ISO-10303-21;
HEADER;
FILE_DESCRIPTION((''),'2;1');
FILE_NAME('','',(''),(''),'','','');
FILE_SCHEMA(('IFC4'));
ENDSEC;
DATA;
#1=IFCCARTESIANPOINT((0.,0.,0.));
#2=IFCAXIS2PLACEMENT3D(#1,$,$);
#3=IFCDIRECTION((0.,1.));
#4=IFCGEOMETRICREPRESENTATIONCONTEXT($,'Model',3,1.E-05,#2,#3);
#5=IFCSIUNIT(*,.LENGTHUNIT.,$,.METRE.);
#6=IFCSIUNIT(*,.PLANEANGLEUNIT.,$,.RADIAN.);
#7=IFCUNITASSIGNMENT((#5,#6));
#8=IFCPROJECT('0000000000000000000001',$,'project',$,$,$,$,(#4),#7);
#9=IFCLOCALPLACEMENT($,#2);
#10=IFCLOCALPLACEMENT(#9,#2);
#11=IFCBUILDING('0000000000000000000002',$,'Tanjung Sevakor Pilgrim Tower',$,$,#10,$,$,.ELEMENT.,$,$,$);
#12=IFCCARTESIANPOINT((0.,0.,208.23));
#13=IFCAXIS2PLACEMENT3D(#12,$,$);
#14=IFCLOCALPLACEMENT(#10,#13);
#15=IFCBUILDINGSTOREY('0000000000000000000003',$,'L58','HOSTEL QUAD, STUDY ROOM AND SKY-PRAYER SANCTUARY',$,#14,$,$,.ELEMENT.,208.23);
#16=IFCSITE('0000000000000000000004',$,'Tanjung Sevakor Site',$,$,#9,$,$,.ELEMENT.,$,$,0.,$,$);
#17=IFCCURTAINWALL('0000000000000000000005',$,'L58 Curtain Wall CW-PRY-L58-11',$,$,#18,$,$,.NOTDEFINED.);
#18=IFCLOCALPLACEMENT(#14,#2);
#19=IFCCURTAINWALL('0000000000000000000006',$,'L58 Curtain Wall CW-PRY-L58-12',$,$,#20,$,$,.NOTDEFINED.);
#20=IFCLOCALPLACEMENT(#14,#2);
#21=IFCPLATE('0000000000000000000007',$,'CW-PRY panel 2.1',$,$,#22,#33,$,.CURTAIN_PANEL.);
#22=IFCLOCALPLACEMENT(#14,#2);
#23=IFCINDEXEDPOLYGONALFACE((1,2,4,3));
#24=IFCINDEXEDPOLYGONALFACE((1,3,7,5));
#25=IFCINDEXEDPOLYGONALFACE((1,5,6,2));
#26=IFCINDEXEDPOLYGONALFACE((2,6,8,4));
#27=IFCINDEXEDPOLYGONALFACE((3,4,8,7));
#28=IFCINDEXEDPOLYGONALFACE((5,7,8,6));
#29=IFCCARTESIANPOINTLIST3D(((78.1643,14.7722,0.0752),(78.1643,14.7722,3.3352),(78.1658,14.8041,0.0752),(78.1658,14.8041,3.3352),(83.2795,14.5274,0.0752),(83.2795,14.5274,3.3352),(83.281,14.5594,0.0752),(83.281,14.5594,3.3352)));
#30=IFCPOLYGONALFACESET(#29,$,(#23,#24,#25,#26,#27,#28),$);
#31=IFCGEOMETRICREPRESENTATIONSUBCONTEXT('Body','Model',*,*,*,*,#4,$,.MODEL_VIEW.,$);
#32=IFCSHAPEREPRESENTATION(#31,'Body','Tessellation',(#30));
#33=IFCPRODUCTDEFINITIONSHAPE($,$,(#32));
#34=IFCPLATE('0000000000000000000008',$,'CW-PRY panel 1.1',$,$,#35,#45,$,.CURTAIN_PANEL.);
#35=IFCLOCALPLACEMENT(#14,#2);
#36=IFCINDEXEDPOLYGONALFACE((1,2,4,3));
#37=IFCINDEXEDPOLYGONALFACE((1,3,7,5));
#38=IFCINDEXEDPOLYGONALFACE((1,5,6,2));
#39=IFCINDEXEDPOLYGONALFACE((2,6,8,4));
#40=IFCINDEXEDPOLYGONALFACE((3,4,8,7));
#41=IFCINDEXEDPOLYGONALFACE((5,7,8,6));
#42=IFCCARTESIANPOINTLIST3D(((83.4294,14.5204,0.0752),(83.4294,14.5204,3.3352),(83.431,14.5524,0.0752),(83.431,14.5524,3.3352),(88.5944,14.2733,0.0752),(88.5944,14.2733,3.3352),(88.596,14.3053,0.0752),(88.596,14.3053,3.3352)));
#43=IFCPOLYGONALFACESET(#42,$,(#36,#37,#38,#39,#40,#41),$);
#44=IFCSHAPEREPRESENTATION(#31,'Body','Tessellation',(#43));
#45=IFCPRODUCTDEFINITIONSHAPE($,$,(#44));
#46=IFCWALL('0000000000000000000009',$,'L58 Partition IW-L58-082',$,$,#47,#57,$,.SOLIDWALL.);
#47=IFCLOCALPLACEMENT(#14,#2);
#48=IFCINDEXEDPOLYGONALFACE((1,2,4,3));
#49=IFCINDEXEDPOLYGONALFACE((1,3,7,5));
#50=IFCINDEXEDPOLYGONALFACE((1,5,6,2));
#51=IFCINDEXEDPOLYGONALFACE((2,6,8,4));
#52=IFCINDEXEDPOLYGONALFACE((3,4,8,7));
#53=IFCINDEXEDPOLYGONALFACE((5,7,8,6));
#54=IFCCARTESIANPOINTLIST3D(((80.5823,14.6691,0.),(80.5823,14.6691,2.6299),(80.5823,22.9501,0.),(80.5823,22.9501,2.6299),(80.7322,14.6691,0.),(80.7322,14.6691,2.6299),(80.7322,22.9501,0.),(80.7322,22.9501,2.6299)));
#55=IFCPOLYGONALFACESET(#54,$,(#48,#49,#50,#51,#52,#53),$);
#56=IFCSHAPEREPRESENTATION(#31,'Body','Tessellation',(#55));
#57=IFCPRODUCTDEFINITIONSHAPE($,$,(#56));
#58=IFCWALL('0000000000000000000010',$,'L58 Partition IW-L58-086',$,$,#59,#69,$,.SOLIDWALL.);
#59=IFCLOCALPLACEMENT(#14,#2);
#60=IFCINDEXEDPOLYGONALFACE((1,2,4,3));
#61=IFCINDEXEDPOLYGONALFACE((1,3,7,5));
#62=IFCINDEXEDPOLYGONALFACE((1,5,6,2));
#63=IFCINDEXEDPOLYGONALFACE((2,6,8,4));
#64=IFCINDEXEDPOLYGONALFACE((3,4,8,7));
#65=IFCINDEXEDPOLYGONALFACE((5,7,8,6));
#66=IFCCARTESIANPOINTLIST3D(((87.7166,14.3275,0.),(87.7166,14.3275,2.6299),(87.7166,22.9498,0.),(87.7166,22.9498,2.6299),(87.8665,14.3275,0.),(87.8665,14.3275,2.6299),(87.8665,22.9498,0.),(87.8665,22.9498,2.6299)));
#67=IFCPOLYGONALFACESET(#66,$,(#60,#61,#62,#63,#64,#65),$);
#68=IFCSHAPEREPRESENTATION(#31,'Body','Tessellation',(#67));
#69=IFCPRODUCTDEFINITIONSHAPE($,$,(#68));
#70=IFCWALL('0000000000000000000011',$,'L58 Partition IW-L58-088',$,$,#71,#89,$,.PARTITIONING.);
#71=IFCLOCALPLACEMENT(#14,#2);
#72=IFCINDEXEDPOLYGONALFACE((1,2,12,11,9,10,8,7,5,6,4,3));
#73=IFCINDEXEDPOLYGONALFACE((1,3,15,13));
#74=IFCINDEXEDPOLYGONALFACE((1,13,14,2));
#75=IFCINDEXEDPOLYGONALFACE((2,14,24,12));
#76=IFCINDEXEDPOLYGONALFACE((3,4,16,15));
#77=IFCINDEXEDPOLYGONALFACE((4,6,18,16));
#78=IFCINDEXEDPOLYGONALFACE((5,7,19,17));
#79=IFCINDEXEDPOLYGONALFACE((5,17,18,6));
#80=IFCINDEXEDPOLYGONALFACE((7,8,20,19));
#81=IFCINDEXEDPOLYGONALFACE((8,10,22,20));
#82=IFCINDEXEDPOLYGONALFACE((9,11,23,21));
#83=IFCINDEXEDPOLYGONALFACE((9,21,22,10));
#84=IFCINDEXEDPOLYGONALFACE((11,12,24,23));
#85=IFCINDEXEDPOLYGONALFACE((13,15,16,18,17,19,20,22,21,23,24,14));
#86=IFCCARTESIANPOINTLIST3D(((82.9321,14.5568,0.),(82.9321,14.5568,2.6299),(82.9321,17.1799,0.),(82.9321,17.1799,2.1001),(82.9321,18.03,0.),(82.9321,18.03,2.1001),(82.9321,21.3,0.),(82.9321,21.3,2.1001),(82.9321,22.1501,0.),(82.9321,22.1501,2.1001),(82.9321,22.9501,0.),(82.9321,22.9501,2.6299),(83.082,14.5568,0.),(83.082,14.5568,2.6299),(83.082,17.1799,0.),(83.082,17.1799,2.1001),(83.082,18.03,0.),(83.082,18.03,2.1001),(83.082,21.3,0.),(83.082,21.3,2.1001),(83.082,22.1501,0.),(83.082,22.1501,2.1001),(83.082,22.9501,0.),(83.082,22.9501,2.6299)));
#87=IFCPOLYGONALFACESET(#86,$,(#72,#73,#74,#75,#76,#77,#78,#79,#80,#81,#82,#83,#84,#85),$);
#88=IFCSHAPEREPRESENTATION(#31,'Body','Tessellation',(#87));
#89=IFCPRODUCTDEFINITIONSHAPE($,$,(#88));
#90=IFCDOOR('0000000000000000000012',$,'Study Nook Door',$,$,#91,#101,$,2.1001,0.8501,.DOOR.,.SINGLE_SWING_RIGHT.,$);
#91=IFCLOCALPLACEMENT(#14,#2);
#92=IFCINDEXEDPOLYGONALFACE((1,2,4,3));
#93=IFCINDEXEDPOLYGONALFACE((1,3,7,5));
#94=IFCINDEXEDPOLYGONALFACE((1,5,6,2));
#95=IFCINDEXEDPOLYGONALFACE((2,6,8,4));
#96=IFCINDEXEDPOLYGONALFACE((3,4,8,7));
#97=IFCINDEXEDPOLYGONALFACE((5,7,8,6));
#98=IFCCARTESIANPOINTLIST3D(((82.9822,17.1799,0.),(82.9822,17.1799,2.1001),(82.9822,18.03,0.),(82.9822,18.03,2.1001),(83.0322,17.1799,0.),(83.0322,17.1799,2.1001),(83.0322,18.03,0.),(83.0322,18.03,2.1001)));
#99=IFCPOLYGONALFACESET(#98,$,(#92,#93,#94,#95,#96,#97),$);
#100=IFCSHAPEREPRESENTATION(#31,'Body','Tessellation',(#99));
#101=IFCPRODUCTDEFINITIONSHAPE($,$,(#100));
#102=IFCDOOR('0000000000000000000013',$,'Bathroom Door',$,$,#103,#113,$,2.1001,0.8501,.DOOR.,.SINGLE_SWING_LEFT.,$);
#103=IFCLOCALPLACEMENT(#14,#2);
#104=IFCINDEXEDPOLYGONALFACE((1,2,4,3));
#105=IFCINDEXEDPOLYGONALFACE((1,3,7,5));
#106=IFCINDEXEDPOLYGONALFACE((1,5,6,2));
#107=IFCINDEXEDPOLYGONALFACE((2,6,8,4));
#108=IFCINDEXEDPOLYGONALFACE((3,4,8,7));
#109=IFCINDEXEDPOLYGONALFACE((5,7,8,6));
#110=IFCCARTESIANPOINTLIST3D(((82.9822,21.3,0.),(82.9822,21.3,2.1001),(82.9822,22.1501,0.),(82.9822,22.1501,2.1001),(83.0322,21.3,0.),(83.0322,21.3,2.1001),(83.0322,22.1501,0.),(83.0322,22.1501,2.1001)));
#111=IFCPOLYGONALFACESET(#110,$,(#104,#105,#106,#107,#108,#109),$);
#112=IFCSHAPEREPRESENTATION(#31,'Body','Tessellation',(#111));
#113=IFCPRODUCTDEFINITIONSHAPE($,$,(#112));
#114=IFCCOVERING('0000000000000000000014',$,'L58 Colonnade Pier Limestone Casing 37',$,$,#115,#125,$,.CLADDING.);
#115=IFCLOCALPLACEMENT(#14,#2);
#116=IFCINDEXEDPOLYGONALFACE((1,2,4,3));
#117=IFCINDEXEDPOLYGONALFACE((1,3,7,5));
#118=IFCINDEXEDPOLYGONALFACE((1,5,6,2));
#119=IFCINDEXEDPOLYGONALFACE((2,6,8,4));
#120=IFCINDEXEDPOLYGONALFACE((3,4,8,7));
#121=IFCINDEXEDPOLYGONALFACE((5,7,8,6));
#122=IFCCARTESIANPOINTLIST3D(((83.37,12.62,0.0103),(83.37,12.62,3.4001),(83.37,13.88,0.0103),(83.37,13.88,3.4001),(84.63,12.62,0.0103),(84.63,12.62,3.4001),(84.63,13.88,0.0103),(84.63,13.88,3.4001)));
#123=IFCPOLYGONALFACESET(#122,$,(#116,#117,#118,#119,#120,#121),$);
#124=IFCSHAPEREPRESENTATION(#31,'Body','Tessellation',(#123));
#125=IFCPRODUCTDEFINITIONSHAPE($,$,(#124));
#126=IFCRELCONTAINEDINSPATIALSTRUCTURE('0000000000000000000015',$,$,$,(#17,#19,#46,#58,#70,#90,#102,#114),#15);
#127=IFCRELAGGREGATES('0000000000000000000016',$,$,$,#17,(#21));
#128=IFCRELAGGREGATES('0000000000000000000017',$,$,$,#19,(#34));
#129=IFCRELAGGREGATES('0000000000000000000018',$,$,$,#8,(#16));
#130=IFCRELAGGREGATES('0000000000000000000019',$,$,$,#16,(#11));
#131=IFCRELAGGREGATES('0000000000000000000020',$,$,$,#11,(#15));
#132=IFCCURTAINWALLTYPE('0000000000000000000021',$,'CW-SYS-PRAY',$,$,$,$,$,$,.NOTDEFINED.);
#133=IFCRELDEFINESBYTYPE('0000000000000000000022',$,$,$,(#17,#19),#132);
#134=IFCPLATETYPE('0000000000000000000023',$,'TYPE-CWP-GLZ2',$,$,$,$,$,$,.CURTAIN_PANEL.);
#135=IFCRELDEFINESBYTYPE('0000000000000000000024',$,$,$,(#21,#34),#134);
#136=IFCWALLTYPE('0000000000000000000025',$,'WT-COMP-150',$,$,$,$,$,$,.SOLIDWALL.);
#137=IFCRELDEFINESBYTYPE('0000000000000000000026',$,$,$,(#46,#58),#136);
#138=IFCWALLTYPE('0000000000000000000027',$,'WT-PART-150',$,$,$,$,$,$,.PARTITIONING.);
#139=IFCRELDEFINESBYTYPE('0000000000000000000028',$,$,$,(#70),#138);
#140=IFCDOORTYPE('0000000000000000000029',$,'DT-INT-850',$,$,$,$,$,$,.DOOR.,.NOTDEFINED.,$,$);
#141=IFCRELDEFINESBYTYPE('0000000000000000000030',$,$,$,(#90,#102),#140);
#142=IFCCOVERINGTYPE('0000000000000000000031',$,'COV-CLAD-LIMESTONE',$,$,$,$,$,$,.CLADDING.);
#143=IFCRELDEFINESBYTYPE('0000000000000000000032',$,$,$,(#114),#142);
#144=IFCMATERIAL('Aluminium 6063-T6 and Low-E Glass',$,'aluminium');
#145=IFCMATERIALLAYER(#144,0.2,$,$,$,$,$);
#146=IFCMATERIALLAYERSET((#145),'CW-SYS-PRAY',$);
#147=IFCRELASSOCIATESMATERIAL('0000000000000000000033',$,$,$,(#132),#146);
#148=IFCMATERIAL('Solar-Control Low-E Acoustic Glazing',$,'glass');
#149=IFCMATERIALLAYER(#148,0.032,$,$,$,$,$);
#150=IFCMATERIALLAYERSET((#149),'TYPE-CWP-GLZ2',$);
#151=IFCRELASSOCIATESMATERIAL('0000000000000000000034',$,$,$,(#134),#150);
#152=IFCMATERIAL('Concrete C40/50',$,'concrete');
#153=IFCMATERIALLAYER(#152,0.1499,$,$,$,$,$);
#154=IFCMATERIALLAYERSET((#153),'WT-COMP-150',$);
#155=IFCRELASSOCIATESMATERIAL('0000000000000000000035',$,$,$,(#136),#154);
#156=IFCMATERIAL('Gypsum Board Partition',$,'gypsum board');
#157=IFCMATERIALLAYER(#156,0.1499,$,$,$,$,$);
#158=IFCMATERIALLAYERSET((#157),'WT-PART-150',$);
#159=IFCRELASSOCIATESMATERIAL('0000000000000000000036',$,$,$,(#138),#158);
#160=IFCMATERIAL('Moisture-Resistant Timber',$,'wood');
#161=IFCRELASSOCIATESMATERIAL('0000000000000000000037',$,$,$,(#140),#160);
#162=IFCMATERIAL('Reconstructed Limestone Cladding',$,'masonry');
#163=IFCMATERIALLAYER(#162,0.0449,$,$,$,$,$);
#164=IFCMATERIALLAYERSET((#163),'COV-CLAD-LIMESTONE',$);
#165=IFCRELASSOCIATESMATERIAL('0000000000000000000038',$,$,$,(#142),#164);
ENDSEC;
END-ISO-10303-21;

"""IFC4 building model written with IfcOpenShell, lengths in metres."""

from ifc_helpers import new_model, si_unit, direction, frame, frame_2d, origin, origin_2d, place, context, subcontext, project, spatial, rectangle, extrude, material, layer, layer_set, type_object, element, fill, aggregate, save


model = new_model("IFC4")

# Units and contexts
model_context = context("Model", 3, precision=1e-05, world=origin(), true_north=direction((0.0, 1.0)))
body_context = subcontext(model_context, "Body", "Model", "MODEL_VIEW")
ifc_project = project(units=[si_unit("LENGTHUNIT", "METRE"), si_unit("PLANEANGLEUNIT", "RADIAN")], contexts=[model_context])

# Site, building, storey
site_placement = place(None, origin())
site = spatial("IfcSite", under=ifc_project, at=site_placement, Name="Tanjung Sevakor Site", CompositionType="ELEMENT", RefElevation=0.0)
building_placement = place(site_placement, origin())
building = spatial("IfcBuilding", under=site, at=building_placement, Name="Tanjung Sevakor Pilgrim Tower", CompositionType="ELEMENT")
storey_placement = place(building_placement, frame((0.0, 0.0, 208.23)))
storey = spatial("IfcBuildingStorey", under=building, at=storey_placement, Name="L58", Description="HOSTEL QUAD, STUDY ROOM AND SKY-PRAYER SANCTUARY", CompositionType="ELEMENT", Elevation=208.23)

# Curtain walls
ifc_material_1 = material(Name="Aluminium 6063-T6 and Low-E Glass", Category="aluminium")
ifc_layer_1 = layer(ifc_material_1, 0.2)
ifc_layer_set_1 = layer_set([ifc_layer_1], Name="CW-SYS-PRAY")
curtain_wall_type = type_object("IfcCurtainWallType", Name="CW-SYS-PRAY", PredefinedType="NOTDEFINED", material=ifc_layer_set_1)
curtain_wall_1_placement = place(storey_placement, origin())
curtain_wall_1 = element("IfcCurtainWall", 1, at=curtain_wall_1_placement, inside=storey, type_object=curtain_wall_type, Name="L58 Curtain Wall CW-PRY-L58-11", PredefinedType="NOTDEFINED")
curtain_wall_2_placement = place(storey_placement, origin())
curtain_wall_2 = element("IfcCurtainWall", 2, at=curtain_wall_2_placement, inside=storey, type_object=curtain_wall_type, Name="L58 Curtain Wall CW-PRY-L58-12", PredefinedType="NOTDEFINED")

# Plates
ifc_material_2 = material(Name="Solar-Control Low-E Acoustic Glazing", Category="glass")
ifc_layer_2 = layer(ifc_material_2, 0.032)
ifc_layer_set_2 = layer_set([ifc_layer_2], Name="TYPE-CWP-GLZ2")
plate_type = type_object("IfcPlateType", Name="TYPE-CWP-GLZ2", PredefinedType="CURTAIN_PANEL", material=ifc_layer_set_2)
plate_1_placement = place(storey_placement, frame((80.7227, 14.6658, 0.0752), z_axis=(0.0, 0.0, 1.0), x_axis=(0.998858, -0.047787, 0.0)))
plate_1 = element("IfcPlate", 3, at=plate_1_placement, type_object=plate_type, Name="CW-PRY panel 2.1", PredefinedType="CURTAIN_PANEL", context=body_context, shape_type="SweptSolid", body=[
    extrude(rectangle(XDim=5.1211, YDim=0.032, at=origin_2d()), origin(), (0.0, 0.0, 1.0), 3.26),
])
aggregate(curtain_wall_1, [plate_1])
plate_2_placement = place(storey_placement, frame((86.0127, 14.4128, 0.0752), z_axis=(0.0, 0.0, 1.0), x_axis=(0.998857, -0.047791, 0.0)))
plate_2 = element("IfcPlate", 4, at=plate_2_placement, type_object=plate_type, Name="CW-PRY panel 1.1", PredefinedType="CURTAIN_PANEL", context=body_context, shape_type="SweptSolid", body=[
    extrude(rectangle(XDim=5.1709, YDim=0.032, at=origin_2d()), origin(), (0.0, 0.0, 1.0), 3.26),
])
aggregate(curtain_wall_2, [plate_2])

# Walls
ifc_material_3 = material(Name="Concrete C40/50", Category="concrete")
ifc_layer_3 = layer(ifc_material_3, 0.1499)
ifc_layer_set_3 = layer_set([ifc_layer_3], Name="WT-COMP-150")
wall_type_1 = type_object("IfcWallType", Name="WT-COMP-150", PredefinedType="SOLIDWALL", material=ifc_layer_set_3)
wall_1_placement = place(storey_placement, frame((80.6572, 14.6689, 0.0), z_axis=(0.0, 0.0, 1.0), x_axis=(0.0, 1.0, 0.0)))
element("IfcWall", 5, at=wall_1_placement, inside=storey, type_object=wall_type_1, Name="L58 Partition IW-L58-082", PredefinedType="SOLIDWALL", context=body_context, shape_type="SweptSolid", body=[
    extrude(rectangle(XDim=8.281, YDim=0.1499, at=frame_2d((4.1406, 0.0))), origin(), (0.0, 0.0, 1.0), 2.6299),
])
wall_2_placement = place(storey_placement, frame((87.7915, 14.3276, 0.0), z_axis=(0.0, 0.0, 1.0), x_axis=(0.0, 1.0, 0.0)))
element("IfcWall", 6, at=wall_2_placement, inside=storey, type_object=wall_type_1, Name="L58 Partition IW-L58-086", PredefinedType="SOLIDWALL", context=body_context, shape_type="SweptSolid", body=[
    extrude(rectangle(XDim=8.6223, YDim=0.1499, at=frame_2d((4.311, 0.0))), origin(), (0.0, 0.0, 1.0), 2.6299),
])

# Wall, openings, doors
ifc_material_4 = material(Name="Gypsum Board Partition", Category="gypsum board")
ifc_layer_4 = layer(ifc_material_4, 0.1499)
ifc_layer_set_4 = layer_set([ifc_layer_4], Name="WT-PART-150")
wall_type_2 = type_object("IfcWallType", Name="WT-PART-150", PredefinedType="PARTITIONING", material=ifc_layer_set_4)
wall_3_placement = place(storey_placement, frame((83.0071, 14.5566, 0.0), z_axis=(0.0, 0.0, 1.0), x_axis=(0.0, 1.0, 0.0)))
wall_3 = element("IfcWall", 7, at=wall_3_placement, inside=storey, type_object=wall_type_2, Name="L58 Partition IW-L58-088", PredefinedType="PARTITIONING", context=body_context, shape_type="SweptSolid", body=[
    extrude(rectangle(XDim=8.3933, YDim=0.1499, at=frame_2d((4.1968, 0.0))), origin(), (0.0, 0.0, 1.0), 2.6299),
])
opening_1_placement = place(wall_3_placement, frame((2.6233, 0.0, 0.0)))
opening_1 = element("IfcOpeningElement", 8, at=opening_1_placement, cuts=wall_3, PredefinedType="OPENING", context=body_context, shape_type="SweptSolid", body=[
    extrude(rectangle(XDim=0.8501, YDim=2.1001, at=frame_2d((0.425, 1.05))), frame((0.0, 0.085, 0.0), z_axis=(0.0, -1.0, 0.0), x_axis=(1.0, 0.0, 0.0)), (0.0, 0.0, 1.0), 0.1699),
])
opening_2_placement = place(wall_3_placement, frame((6.7434, 0.0, 0.0)))
opening_2 = element("IfcOpeningElement", 9, at=opening_2_placement, cuts=wall_3, PredefinedType="OPENING", context=body_context, shape_type="SweptSolid", body=[
    extrude(rectangle(XDim=0.8501, YDim=2.1001, at=frame_2d((0.425, 1.05))), frame((0.0, 0.085, 0.0), z_axis=(0.0, -1.0, 0.0), x_axis=(1.0, 0.0, 0.0)), (0.0, 0.0, 1.0), 0.1699),
])
ifc_material_5 = material(Name="Moisture-Resistant Timber", Category="wood")
door_type = type_object("IfcDoorType", Name="DT-INT-850", OperationType="NOTDEFINED", PredefinedType="DOOR", material=ifc_material_5)
door_1_placement = place(opening_1_placement, origin())
door_1 = element("IfcDoor", 10, at=door_1_placement, inside=storey, type_object=door_type, Name="Study Nook Door", OperationType="SINGLE_SWING_RIGHT", OverallHeight=2.1001, OverallWidth=0.8501, PredefinedType="DOOR", context=body_context, shape_type="SweptSolid", body=[
    extrude(rectangle(XDim=0.8501, YDim=2.1001, at=frame_2d((0.425, 1.05))), frame((0.0, 0.0249, 0.0), z_axis=(0.0, -1.0, 0.0), x_axis=(1.0, 0.0, 0.0)), (0.0, 0.0, 1.0), 0.05),
])
fill(opening_1, door_1)
door_2_placement = place(opening_2_placement, origin())
door_2 = element("IfcDoor", 11, at=door_2_placement, inside=storey, type_object=door_type, Name="Bathroom Door", OperationType="SINGLE_SWING_LEFT", OverallHeight=2.1001, OverallWidth=0.8501, PredefinedType="DOOR", context=body_context, shape_type="SweptSolid", body=[
    extrude(rectangle(XDim=0.8501, YDim=2.1001, at=frame_2d((0.425, 1.05))), frame((0.0, 0.0249, 0.0), z_axis=(0.0, -1.0, 0.0), x_axis=(1.0, 0.0, 0.0)), (0.0, 0.0, 1.0), 0.05),
])
fill(opening_2, door_2)

# Covering
ifc_material_6 = material(Name="Reconstructed Limestone Cladding", Category="masonry")
ifc_layer_5 = layer(ifc_material_6, 0.0449)
ifc_layer_set_5 = layer_set([ifc_layer_5], Name="COV-CLAD-LIMESTONE")
covering_type = type_object("IfcCoveringType", Name="COV-CLAD-LIMESTONE", PredefinedType="CLADDING", material=ifc_layer_set_5)
covering_placement = place(storey_placement, frame((84.0, 13.25, 0.0103), z_axis=(0.0, 0.0, 1.0), x_axis=(1.0, 0.0, 0.0)))
element("IfcCovering", 12, at=covering_placement, inside=storey, type_object=covering_type, Name="L58 Colonnade Pier Limestone Casing 37", PredefinedType="CLADDING", context=body_context, shape_type="SweptSolid", body=[
    extrude(rectangle(XDim=1.26, YDim=1.26, at=origin_2d()), origin(), (0.0, 0.0, 1.0), 3.3899),
])

save(model, "model.ifc")
